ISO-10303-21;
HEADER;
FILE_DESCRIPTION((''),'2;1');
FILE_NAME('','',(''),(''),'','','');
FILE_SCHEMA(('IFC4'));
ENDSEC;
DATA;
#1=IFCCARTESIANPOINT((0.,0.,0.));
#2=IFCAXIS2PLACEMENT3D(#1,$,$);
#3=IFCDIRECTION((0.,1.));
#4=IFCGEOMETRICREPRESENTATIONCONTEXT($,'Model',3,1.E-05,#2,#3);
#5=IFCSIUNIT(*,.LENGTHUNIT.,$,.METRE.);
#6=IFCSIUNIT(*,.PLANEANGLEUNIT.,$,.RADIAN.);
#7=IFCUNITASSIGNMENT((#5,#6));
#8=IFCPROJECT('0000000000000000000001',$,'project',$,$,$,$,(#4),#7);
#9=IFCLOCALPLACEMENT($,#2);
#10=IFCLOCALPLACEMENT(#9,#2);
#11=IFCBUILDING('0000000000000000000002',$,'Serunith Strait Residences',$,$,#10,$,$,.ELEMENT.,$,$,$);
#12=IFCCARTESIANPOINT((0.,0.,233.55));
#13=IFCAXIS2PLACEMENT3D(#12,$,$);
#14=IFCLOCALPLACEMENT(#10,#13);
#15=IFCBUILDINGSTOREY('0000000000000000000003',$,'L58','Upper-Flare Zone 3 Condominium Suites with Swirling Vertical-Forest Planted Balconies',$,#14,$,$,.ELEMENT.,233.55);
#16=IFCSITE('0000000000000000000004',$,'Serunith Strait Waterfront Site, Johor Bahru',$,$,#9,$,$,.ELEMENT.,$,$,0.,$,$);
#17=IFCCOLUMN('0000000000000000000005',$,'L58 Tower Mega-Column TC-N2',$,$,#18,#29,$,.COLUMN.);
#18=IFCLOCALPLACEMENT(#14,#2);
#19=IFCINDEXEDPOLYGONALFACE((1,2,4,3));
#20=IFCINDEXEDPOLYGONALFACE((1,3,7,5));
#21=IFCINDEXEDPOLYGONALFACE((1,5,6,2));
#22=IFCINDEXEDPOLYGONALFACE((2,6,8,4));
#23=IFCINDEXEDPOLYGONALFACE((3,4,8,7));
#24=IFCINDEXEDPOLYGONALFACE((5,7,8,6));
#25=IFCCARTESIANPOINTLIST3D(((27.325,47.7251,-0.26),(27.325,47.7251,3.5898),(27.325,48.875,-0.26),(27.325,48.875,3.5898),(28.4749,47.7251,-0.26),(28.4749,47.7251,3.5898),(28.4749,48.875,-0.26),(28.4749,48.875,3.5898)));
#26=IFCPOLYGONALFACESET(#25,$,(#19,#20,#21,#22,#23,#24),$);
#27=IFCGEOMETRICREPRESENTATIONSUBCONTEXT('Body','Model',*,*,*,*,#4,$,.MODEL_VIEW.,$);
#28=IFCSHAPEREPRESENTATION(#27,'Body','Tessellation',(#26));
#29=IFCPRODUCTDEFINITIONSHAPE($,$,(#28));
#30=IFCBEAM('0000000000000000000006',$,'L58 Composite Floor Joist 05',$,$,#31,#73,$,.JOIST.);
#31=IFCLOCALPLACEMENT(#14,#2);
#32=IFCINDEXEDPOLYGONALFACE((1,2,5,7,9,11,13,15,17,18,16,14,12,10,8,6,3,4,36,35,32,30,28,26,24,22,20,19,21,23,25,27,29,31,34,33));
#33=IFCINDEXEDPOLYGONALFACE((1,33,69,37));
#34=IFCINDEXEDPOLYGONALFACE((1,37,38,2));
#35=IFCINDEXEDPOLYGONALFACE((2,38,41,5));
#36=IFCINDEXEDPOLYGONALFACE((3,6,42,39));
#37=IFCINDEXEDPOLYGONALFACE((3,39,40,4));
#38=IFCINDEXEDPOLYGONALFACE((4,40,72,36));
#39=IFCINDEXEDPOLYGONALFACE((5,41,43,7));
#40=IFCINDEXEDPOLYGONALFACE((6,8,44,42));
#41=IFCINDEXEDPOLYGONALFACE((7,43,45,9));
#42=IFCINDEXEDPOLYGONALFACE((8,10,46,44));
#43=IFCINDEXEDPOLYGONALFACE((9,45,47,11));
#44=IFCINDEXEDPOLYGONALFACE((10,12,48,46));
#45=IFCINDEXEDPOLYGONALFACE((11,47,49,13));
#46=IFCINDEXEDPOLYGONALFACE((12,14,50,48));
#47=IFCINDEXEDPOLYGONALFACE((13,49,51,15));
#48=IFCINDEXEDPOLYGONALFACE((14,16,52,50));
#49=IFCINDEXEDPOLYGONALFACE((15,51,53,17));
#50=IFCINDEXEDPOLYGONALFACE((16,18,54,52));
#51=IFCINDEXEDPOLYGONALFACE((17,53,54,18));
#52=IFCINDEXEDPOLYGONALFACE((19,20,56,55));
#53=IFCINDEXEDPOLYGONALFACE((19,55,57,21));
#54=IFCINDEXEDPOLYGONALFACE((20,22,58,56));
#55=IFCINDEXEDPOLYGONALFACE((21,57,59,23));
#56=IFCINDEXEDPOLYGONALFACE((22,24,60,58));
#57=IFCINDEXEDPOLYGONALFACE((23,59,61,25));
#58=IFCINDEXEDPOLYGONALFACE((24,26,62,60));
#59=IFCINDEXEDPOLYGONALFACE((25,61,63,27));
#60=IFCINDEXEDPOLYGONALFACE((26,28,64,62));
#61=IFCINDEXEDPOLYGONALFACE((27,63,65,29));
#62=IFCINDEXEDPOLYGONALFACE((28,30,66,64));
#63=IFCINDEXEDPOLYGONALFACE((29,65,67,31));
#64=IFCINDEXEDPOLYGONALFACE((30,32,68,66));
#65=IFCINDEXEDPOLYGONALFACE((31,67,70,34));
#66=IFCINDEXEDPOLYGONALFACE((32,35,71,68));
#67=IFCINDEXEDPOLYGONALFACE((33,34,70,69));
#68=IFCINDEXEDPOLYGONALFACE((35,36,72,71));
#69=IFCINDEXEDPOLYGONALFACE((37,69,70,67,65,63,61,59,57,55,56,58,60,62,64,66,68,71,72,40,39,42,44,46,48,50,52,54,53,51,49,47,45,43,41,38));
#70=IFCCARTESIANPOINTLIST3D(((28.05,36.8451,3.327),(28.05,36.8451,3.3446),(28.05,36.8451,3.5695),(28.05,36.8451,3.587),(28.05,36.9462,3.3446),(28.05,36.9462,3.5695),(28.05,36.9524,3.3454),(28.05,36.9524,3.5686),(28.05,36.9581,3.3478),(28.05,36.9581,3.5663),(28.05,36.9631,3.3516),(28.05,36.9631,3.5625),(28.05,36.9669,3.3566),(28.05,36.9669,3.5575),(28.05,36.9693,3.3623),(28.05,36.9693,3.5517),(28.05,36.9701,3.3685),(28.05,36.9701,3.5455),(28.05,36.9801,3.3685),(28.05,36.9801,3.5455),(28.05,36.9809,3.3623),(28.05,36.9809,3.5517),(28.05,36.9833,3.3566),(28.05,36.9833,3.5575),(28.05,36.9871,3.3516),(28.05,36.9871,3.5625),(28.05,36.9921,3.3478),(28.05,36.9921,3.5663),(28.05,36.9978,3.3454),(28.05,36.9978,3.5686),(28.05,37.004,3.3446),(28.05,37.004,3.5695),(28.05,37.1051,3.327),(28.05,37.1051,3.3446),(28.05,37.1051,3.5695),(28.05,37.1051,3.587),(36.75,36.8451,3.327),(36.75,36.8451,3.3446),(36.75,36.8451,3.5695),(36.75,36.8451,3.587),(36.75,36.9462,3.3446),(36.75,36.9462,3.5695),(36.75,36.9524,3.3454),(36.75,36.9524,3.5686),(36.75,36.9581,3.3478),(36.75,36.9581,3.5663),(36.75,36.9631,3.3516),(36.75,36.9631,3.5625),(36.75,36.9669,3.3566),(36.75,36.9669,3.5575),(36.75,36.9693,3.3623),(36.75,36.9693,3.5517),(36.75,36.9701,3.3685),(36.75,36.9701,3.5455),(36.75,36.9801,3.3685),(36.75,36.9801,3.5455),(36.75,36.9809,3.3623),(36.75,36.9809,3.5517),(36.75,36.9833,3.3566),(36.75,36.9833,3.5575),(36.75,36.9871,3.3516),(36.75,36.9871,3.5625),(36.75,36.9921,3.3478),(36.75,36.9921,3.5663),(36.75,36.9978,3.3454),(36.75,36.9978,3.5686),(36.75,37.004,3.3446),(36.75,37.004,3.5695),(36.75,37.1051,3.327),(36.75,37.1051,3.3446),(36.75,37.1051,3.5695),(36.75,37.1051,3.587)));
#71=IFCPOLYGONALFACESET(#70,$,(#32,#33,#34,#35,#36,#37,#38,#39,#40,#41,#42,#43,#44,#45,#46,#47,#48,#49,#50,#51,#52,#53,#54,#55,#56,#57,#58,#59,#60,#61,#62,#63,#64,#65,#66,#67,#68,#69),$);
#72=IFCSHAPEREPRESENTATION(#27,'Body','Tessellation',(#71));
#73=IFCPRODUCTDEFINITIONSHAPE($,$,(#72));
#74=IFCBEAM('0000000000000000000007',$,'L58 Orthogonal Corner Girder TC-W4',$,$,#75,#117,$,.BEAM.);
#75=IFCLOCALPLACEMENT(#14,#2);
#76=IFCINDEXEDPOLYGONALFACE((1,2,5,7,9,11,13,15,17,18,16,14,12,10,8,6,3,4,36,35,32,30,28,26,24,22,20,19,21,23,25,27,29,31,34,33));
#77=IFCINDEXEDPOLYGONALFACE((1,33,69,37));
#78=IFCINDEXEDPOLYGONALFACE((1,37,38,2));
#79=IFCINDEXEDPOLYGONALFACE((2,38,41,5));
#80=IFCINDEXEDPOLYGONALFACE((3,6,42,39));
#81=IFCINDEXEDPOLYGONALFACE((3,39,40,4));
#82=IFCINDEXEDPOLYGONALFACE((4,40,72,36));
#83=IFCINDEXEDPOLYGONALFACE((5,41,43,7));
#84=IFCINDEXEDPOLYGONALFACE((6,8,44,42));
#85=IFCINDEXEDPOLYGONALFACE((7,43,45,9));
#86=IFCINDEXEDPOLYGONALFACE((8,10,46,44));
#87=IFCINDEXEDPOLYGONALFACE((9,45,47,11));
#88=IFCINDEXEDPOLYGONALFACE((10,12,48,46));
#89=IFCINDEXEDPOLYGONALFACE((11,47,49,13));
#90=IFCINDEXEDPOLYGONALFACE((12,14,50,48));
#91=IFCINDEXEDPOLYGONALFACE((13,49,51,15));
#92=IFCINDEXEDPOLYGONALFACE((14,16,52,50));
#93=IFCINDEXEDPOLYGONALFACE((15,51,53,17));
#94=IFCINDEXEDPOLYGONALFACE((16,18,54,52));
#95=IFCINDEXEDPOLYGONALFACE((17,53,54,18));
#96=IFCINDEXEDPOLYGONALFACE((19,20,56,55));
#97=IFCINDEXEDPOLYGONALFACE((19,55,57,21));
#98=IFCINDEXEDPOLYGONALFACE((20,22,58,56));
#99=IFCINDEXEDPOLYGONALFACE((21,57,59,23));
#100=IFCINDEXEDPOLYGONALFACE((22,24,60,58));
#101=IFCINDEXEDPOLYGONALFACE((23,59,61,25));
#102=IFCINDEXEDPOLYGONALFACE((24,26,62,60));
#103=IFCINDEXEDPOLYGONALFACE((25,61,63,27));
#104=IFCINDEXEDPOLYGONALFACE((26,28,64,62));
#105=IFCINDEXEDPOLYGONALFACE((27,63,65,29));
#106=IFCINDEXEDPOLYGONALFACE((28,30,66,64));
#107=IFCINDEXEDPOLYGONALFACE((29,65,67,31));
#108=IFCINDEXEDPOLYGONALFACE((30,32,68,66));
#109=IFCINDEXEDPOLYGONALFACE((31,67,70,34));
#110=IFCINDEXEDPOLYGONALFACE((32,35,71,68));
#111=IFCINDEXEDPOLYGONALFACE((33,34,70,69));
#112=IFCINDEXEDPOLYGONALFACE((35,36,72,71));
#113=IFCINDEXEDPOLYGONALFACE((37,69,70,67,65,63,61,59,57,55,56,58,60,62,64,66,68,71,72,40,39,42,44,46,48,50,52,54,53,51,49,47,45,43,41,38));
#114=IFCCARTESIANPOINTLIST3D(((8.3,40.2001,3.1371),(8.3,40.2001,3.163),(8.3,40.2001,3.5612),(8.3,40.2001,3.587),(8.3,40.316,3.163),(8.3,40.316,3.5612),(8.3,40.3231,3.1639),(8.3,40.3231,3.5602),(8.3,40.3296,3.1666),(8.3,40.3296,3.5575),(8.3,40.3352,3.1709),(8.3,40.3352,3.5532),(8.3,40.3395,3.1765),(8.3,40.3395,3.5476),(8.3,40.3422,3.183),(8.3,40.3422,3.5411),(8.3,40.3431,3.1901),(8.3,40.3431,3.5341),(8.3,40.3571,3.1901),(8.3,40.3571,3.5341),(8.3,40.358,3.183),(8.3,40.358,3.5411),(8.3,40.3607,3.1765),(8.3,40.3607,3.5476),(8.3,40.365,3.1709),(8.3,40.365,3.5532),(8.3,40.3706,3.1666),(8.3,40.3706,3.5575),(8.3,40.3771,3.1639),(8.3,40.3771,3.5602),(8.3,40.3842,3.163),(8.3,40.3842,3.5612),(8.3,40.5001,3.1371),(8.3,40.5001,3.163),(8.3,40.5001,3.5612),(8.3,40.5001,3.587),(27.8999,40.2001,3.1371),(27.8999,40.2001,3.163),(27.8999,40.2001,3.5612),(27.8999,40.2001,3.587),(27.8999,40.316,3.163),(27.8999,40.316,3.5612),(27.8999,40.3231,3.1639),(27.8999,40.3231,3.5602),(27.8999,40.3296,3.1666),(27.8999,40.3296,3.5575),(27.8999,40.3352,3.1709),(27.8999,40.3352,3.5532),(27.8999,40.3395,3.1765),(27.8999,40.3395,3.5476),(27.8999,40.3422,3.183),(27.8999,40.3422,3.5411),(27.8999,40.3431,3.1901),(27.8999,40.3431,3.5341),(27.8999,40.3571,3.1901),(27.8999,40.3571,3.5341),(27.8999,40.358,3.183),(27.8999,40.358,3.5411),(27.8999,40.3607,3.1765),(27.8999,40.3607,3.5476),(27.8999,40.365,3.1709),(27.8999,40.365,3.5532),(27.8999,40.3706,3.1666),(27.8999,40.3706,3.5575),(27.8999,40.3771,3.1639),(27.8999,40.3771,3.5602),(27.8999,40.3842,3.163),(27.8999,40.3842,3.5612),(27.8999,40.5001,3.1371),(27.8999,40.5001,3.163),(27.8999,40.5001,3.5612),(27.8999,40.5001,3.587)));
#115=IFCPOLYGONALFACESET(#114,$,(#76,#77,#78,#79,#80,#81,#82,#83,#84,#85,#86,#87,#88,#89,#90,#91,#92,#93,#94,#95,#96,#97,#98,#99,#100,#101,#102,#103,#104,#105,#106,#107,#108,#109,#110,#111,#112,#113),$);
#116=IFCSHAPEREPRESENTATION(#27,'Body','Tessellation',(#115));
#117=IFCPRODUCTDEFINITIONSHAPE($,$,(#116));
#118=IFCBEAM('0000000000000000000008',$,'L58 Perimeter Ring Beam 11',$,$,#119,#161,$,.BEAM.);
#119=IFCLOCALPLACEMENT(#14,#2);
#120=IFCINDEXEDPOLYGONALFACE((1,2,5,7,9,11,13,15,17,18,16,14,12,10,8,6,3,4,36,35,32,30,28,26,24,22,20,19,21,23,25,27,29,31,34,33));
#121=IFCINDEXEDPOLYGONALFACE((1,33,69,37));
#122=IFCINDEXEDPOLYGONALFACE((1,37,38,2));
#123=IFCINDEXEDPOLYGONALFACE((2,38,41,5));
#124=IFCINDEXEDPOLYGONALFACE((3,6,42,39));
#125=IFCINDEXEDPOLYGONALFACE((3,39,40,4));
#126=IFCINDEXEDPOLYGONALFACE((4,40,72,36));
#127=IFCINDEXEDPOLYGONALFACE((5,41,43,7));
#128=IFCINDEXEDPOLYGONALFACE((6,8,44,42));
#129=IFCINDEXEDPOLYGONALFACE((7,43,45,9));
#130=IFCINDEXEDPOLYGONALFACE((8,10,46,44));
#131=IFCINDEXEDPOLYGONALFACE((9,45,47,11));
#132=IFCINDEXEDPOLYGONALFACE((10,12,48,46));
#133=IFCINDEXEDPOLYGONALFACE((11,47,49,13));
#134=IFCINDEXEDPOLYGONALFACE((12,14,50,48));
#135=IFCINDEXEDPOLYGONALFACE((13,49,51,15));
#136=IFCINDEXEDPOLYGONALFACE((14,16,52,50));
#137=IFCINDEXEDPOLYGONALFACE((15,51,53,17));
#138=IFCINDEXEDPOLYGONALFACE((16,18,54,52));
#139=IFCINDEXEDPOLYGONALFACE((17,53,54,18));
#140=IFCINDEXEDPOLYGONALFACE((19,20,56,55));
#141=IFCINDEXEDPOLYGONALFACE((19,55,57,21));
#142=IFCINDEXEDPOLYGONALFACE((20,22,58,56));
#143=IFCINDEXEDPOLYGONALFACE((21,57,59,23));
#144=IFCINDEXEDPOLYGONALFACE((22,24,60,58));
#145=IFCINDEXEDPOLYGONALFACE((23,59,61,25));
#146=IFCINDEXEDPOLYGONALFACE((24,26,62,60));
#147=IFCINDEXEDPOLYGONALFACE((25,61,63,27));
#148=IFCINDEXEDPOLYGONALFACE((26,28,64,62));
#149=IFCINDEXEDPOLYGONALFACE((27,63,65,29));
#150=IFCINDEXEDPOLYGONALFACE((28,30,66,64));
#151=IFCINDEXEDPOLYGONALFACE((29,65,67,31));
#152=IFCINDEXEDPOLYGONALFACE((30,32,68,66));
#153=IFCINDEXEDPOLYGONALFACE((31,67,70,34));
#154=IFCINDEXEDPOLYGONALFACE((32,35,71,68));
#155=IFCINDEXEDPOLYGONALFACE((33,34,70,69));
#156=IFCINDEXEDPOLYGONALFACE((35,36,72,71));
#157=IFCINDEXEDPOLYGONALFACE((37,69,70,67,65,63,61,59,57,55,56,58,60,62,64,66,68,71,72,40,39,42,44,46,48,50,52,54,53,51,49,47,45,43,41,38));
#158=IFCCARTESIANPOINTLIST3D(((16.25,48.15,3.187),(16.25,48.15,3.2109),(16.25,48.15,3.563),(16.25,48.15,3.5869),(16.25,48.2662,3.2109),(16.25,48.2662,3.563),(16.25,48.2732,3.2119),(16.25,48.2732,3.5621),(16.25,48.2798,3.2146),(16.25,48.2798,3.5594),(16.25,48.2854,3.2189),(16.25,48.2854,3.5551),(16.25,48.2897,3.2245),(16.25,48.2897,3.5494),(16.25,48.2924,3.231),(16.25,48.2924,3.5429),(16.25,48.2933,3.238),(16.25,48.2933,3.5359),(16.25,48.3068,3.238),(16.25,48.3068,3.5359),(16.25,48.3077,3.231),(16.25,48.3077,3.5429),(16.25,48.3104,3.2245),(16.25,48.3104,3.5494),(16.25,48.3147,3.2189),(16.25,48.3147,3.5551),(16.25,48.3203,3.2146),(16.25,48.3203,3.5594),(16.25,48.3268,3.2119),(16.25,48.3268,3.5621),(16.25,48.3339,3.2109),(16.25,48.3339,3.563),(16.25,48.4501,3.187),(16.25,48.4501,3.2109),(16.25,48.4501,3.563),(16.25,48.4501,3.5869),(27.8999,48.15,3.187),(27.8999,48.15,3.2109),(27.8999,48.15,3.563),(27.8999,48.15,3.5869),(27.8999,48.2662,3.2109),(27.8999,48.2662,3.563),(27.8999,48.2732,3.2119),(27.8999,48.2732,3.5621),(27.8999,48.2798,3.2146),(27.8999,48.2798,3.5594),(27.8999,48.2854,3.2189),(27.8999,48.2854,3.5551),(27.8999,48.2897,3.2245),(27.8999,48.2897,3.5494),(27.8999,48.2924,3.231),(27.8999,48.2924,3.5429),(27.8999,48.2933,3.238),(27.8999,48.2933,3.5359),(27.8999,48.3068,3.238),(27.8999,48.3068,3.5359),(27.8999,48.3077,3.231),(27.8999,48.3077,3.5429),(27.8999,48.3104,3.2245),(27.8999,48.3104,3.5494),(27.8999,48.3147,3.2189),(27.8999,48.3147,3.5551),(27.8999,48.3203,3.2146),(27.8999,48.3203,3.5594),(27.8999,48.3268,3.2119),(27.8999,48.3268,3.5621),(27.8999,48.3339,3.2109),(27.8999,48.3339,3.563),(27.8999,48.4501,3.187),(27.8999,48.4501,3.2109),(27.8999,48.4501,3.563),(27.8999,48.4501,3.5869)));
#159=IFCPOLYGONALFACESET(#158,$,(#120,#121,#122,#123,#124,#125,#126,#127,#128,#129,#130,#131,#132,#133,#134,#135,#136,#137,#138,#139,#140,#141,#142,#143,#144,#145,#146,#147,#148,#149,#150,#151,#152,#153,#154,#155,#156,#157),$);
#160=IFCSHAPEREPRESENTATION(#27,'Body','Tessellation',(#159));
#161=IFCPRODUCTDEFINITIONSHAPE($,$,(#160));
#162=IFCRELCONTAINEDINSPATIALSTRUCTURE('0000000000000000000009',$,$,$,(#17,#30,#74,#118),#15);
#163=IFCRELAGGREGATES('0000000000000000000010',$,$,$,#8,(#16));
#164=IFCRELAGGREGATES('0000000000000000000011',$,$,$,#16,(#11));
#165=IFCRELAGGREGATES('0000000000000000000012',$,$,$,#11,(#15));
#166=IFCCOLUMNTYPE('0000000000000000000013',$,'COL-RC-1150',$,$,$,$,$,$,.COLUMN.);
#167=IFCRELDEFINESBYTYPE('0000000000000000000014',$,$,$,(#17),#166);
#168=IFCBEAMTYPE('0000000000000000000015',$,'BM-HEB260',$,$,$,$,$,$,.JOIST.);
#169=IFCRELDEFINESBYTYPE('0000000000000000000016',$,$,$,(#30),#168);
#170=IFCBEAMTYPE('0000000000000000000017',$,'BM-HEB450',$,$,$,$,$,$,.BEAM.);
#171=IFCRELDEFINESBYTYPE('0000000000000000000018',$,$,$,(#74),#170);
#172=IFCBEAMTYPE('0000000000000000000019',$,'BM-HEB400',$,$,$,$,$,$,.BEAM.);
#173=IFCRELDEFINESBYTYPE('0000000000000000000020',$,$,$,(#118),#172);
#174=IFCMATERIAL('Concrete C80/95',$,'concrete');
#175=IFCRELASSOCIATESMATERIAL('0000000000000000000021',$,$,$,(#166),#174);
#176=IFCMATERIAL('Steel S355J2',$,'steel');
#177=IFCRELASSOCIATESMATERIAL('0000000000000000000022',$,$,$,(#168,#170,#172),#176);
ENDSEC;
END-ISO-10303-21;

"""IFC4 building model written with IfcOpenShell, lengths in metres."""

from ifc_helpers import new_model, si_unit, direction, frame, origin, origin_2d, place, context, subcontext, project, spatial, rectangle, i_section, extrude, source, transform, mapped, material, material_profile, profile_set, type_object, element, save


model = new_model("IFC4")

# Units and contexts
model_context = context("Model", 3, precision=1e-05, world=origin(), true_north=direction((0.0, 1.0)))
body_context = subcontext(model_context, "Body", "Model", "MODEL_VIEW")
ifc_project = project(units=[si_unit("LENGTHUNIT", "METRE"), si_unit("PLANEANGLEUNIT", "RADIAN")], contexts=[model_context])

# Site, building, storey
site_placement = place(None, origin())
site = spatial("IfcSite", under=ifc_project, at=site_placement, Name="Serunith Strait Waterfront Site, Johor Bahru", CompositionType="ELEMENT", RefElevation=0.0)
building_placement = place(site_placement, origin())
building = spatial("IfcBuilding", under=site, at=building_placement, Name="Serunith Strait Residences", CompositionType="ELEMENT")
storey_placement = place(building_placement, frame((0.0, 0.0, 233.55)))
storey = spatial("IfcBuildingStorey", under=building, at=storey_placement, Name="L58", Description="Upper-Flare Zone 3 Condominium Suites with Swirling Vertical-Forest Planted Balconies", CompositionType="ELEMENT", Elevation=233.55)

# Column
ifc_material_1 = material(Name="Concrete C80/95", Category="concrete")
ifc_material_profile_1 = material_profile(ifc_material_1, rectangle(XDim=1.1499, YDim=1.1499, at=origin_2d()), Name="RC 1150x1150")
ifc_profile_set_1 = profile_set([ifc_material_profile_1], Name="Concrete C80/95")
column_type = type_object("IfcColumnType", Name="COL-RC-1150", PredefinedType="COLUMN", material=ifc_profile_set_1)
shared_shape_1 = source(origin(), body_context, "Body", "SweptSolid", [
    extrude(rectangle(XDim=1.1499, YDim=1.1499, at=origin_2d()), origin(), (0.0, 0.0, 1.0), 3.8499),
])
column_placement = place(storey_placement, frame((27.8999, 48.3, -0.26), z_axis=(0.0, 0.0, 1.0), x_axis=(1.0, 0.0, 0.0)))
element("IfcColumn", 1, at=column_placement, inside=storey, type_object=column_type, Name="L58 Tower Mega-Column TC-N2", PredefinedType="COLUMN", context=body_context, shape_type="MappedRepresentation", body=[
    mapped(shared_shape_1, transform((0.0, 0.0, 0.0), scale=1.0)),
])

# Beams
ifc_material_2 = material(Name="Steel S355J2", Category="steel")
ifc_material_profile_2 = material_profile(ifc_material_2, i_section(OverallWidth=0.26, OverallDepth=0.26, WebThickness=0.01, FlangeThickness=0.0176, FilletRadius=0.0239, at=origin_2d()), Name="HEB 260")
ifc_profile_set_2 = profile_set([ifc_material_profile_2], Name="Steel S355J2")
beam_type_1 = type_object("IfcBeamType", Name="BM-HEB260", PredefinedType="JOIST", material=ifc_profile_set_2)
shared_shape_2 = source(origin(), body_context, "Body", "SweptSolid", [
    extrude(i_section(OverallWidth=0.26, OverallDepth=0.26, WebThickness=0.01, FlangeThickness=0.0176, FilletRadius=0.0239, at=origin_2d()), origin(), (0.0, 0.0, 1.0), 8.7),
])
beam_1_placement = place(storey_placement, frame((28.05, 36.9751, 3.457), z_axis=(1.0, 0.0, 0.0), x_axis=(0.0, 1.0, 0.0)))
element("IfcBeam", 2, at=beam_1_placement, inside=storey, type_object=beam_type_1, Name="L58 Composite Floor Joist 05", PredefinedType="JOIST", context=body_context, shape_type="MappedRepresentation", body=[
    mapped(shared_shape_2, transform((0.0, 0.0, 0.0), scale=1.0)),
])
ifc_material_profile_3 = material_profile(ifc_material_2, i_section(OverallWidth=0.3, OverallDepth=0.45, WebThickness=0.0139, FlangeThickness=0.0259, FilletRadius=0.0271, at=origin_2d()), Name="HEB 450")
ifc_profile_set_3 = profile_set([ifc_material_profile_3], Name="Steel S355J2")
beam_type_2 = type_object("IfcBeamType", Name="BM-HEB450", PredefinedType="BEAM", material=ifc_profile_set_3)
shared_shape_3 = source(origin(), body_context, "Body", "SweptSolid", [
    extrude(i_section(OverallWidth=0.3, OverallDepth=0.45, WebThickness=0.0139, FlangeThickness=0.0259, FilletRadius=0.0271, at=origin_2d()), origin(), (0.0, 0.0, 1.0), 19.5999),
])
beam_2_placement = place(storey_placement, frame((27.8999, 40.3501, 3.3621), z_axis=(-1.0, 0.0, 0.0), x_axis=(0.0, -1.0, 0.0)))
element("IfcBeam", 3, at=beam_2_placement, inside=storey, type_object=beam_type_2, Name="L58 Orthogonal Corner Girder TC-W4", PredefinedType="BEAM", context=body_context, shape_type="MappedRepresentation", body=[
    mapped(shared_shape_3, transform((0.0, 0.0, 0.0), scale=1.0)),
])
ifc_material_profile_4 = material_profile(ifc_material_2, i_section(OverallWidth=0.3, OverallDepth=0.3999, WebThickness=0.0134, FlangeThickness=0.0239, FilletRadius=0.0271, at=origin_2d()), Name="HEB 400")
ifc_profile_set_4 = profile_set([ifc_material_profile_4], Name="Steel S355J2")
beam_type_3 = type_object("IfcBeamType", Name="BM-HEB400", PredefinedType="BEAM", material=ifc_profile_set_4)
shared_shape_4 = source(origin(), body_context, "Body", "SweptSolid", [
    extrude(i_section(OverallWidth=0.3, OverallDepth=0.3999, WebThickness=0.0134, FlangeThickness=0.0239, FilletRadius=0.0271, at=origin_2d()), origin(), (0.0, 0.0, 1.0), 11.6499),
])
beam_3_placement = place(storey_placement, frame((27.8999, 48.3, 3.387), z_axis=(-1.0, 0.0, 0.0), x_axis=(0.0, -1.0, 0.0)))
element("IfcBeam", 4, at=beam_3_placement, inside=storey, type_object=beam_type_3, Name="L58 Perimeter Ring Beam 11", PredefinedType="BEAM", context=body_context, shape_type="MappedRepresentation", body=[
    mapped(shared_shape_4, transform((0.0, 0.0, 0.0), scale=1.0)),
])

save(model, "model.ifc")
